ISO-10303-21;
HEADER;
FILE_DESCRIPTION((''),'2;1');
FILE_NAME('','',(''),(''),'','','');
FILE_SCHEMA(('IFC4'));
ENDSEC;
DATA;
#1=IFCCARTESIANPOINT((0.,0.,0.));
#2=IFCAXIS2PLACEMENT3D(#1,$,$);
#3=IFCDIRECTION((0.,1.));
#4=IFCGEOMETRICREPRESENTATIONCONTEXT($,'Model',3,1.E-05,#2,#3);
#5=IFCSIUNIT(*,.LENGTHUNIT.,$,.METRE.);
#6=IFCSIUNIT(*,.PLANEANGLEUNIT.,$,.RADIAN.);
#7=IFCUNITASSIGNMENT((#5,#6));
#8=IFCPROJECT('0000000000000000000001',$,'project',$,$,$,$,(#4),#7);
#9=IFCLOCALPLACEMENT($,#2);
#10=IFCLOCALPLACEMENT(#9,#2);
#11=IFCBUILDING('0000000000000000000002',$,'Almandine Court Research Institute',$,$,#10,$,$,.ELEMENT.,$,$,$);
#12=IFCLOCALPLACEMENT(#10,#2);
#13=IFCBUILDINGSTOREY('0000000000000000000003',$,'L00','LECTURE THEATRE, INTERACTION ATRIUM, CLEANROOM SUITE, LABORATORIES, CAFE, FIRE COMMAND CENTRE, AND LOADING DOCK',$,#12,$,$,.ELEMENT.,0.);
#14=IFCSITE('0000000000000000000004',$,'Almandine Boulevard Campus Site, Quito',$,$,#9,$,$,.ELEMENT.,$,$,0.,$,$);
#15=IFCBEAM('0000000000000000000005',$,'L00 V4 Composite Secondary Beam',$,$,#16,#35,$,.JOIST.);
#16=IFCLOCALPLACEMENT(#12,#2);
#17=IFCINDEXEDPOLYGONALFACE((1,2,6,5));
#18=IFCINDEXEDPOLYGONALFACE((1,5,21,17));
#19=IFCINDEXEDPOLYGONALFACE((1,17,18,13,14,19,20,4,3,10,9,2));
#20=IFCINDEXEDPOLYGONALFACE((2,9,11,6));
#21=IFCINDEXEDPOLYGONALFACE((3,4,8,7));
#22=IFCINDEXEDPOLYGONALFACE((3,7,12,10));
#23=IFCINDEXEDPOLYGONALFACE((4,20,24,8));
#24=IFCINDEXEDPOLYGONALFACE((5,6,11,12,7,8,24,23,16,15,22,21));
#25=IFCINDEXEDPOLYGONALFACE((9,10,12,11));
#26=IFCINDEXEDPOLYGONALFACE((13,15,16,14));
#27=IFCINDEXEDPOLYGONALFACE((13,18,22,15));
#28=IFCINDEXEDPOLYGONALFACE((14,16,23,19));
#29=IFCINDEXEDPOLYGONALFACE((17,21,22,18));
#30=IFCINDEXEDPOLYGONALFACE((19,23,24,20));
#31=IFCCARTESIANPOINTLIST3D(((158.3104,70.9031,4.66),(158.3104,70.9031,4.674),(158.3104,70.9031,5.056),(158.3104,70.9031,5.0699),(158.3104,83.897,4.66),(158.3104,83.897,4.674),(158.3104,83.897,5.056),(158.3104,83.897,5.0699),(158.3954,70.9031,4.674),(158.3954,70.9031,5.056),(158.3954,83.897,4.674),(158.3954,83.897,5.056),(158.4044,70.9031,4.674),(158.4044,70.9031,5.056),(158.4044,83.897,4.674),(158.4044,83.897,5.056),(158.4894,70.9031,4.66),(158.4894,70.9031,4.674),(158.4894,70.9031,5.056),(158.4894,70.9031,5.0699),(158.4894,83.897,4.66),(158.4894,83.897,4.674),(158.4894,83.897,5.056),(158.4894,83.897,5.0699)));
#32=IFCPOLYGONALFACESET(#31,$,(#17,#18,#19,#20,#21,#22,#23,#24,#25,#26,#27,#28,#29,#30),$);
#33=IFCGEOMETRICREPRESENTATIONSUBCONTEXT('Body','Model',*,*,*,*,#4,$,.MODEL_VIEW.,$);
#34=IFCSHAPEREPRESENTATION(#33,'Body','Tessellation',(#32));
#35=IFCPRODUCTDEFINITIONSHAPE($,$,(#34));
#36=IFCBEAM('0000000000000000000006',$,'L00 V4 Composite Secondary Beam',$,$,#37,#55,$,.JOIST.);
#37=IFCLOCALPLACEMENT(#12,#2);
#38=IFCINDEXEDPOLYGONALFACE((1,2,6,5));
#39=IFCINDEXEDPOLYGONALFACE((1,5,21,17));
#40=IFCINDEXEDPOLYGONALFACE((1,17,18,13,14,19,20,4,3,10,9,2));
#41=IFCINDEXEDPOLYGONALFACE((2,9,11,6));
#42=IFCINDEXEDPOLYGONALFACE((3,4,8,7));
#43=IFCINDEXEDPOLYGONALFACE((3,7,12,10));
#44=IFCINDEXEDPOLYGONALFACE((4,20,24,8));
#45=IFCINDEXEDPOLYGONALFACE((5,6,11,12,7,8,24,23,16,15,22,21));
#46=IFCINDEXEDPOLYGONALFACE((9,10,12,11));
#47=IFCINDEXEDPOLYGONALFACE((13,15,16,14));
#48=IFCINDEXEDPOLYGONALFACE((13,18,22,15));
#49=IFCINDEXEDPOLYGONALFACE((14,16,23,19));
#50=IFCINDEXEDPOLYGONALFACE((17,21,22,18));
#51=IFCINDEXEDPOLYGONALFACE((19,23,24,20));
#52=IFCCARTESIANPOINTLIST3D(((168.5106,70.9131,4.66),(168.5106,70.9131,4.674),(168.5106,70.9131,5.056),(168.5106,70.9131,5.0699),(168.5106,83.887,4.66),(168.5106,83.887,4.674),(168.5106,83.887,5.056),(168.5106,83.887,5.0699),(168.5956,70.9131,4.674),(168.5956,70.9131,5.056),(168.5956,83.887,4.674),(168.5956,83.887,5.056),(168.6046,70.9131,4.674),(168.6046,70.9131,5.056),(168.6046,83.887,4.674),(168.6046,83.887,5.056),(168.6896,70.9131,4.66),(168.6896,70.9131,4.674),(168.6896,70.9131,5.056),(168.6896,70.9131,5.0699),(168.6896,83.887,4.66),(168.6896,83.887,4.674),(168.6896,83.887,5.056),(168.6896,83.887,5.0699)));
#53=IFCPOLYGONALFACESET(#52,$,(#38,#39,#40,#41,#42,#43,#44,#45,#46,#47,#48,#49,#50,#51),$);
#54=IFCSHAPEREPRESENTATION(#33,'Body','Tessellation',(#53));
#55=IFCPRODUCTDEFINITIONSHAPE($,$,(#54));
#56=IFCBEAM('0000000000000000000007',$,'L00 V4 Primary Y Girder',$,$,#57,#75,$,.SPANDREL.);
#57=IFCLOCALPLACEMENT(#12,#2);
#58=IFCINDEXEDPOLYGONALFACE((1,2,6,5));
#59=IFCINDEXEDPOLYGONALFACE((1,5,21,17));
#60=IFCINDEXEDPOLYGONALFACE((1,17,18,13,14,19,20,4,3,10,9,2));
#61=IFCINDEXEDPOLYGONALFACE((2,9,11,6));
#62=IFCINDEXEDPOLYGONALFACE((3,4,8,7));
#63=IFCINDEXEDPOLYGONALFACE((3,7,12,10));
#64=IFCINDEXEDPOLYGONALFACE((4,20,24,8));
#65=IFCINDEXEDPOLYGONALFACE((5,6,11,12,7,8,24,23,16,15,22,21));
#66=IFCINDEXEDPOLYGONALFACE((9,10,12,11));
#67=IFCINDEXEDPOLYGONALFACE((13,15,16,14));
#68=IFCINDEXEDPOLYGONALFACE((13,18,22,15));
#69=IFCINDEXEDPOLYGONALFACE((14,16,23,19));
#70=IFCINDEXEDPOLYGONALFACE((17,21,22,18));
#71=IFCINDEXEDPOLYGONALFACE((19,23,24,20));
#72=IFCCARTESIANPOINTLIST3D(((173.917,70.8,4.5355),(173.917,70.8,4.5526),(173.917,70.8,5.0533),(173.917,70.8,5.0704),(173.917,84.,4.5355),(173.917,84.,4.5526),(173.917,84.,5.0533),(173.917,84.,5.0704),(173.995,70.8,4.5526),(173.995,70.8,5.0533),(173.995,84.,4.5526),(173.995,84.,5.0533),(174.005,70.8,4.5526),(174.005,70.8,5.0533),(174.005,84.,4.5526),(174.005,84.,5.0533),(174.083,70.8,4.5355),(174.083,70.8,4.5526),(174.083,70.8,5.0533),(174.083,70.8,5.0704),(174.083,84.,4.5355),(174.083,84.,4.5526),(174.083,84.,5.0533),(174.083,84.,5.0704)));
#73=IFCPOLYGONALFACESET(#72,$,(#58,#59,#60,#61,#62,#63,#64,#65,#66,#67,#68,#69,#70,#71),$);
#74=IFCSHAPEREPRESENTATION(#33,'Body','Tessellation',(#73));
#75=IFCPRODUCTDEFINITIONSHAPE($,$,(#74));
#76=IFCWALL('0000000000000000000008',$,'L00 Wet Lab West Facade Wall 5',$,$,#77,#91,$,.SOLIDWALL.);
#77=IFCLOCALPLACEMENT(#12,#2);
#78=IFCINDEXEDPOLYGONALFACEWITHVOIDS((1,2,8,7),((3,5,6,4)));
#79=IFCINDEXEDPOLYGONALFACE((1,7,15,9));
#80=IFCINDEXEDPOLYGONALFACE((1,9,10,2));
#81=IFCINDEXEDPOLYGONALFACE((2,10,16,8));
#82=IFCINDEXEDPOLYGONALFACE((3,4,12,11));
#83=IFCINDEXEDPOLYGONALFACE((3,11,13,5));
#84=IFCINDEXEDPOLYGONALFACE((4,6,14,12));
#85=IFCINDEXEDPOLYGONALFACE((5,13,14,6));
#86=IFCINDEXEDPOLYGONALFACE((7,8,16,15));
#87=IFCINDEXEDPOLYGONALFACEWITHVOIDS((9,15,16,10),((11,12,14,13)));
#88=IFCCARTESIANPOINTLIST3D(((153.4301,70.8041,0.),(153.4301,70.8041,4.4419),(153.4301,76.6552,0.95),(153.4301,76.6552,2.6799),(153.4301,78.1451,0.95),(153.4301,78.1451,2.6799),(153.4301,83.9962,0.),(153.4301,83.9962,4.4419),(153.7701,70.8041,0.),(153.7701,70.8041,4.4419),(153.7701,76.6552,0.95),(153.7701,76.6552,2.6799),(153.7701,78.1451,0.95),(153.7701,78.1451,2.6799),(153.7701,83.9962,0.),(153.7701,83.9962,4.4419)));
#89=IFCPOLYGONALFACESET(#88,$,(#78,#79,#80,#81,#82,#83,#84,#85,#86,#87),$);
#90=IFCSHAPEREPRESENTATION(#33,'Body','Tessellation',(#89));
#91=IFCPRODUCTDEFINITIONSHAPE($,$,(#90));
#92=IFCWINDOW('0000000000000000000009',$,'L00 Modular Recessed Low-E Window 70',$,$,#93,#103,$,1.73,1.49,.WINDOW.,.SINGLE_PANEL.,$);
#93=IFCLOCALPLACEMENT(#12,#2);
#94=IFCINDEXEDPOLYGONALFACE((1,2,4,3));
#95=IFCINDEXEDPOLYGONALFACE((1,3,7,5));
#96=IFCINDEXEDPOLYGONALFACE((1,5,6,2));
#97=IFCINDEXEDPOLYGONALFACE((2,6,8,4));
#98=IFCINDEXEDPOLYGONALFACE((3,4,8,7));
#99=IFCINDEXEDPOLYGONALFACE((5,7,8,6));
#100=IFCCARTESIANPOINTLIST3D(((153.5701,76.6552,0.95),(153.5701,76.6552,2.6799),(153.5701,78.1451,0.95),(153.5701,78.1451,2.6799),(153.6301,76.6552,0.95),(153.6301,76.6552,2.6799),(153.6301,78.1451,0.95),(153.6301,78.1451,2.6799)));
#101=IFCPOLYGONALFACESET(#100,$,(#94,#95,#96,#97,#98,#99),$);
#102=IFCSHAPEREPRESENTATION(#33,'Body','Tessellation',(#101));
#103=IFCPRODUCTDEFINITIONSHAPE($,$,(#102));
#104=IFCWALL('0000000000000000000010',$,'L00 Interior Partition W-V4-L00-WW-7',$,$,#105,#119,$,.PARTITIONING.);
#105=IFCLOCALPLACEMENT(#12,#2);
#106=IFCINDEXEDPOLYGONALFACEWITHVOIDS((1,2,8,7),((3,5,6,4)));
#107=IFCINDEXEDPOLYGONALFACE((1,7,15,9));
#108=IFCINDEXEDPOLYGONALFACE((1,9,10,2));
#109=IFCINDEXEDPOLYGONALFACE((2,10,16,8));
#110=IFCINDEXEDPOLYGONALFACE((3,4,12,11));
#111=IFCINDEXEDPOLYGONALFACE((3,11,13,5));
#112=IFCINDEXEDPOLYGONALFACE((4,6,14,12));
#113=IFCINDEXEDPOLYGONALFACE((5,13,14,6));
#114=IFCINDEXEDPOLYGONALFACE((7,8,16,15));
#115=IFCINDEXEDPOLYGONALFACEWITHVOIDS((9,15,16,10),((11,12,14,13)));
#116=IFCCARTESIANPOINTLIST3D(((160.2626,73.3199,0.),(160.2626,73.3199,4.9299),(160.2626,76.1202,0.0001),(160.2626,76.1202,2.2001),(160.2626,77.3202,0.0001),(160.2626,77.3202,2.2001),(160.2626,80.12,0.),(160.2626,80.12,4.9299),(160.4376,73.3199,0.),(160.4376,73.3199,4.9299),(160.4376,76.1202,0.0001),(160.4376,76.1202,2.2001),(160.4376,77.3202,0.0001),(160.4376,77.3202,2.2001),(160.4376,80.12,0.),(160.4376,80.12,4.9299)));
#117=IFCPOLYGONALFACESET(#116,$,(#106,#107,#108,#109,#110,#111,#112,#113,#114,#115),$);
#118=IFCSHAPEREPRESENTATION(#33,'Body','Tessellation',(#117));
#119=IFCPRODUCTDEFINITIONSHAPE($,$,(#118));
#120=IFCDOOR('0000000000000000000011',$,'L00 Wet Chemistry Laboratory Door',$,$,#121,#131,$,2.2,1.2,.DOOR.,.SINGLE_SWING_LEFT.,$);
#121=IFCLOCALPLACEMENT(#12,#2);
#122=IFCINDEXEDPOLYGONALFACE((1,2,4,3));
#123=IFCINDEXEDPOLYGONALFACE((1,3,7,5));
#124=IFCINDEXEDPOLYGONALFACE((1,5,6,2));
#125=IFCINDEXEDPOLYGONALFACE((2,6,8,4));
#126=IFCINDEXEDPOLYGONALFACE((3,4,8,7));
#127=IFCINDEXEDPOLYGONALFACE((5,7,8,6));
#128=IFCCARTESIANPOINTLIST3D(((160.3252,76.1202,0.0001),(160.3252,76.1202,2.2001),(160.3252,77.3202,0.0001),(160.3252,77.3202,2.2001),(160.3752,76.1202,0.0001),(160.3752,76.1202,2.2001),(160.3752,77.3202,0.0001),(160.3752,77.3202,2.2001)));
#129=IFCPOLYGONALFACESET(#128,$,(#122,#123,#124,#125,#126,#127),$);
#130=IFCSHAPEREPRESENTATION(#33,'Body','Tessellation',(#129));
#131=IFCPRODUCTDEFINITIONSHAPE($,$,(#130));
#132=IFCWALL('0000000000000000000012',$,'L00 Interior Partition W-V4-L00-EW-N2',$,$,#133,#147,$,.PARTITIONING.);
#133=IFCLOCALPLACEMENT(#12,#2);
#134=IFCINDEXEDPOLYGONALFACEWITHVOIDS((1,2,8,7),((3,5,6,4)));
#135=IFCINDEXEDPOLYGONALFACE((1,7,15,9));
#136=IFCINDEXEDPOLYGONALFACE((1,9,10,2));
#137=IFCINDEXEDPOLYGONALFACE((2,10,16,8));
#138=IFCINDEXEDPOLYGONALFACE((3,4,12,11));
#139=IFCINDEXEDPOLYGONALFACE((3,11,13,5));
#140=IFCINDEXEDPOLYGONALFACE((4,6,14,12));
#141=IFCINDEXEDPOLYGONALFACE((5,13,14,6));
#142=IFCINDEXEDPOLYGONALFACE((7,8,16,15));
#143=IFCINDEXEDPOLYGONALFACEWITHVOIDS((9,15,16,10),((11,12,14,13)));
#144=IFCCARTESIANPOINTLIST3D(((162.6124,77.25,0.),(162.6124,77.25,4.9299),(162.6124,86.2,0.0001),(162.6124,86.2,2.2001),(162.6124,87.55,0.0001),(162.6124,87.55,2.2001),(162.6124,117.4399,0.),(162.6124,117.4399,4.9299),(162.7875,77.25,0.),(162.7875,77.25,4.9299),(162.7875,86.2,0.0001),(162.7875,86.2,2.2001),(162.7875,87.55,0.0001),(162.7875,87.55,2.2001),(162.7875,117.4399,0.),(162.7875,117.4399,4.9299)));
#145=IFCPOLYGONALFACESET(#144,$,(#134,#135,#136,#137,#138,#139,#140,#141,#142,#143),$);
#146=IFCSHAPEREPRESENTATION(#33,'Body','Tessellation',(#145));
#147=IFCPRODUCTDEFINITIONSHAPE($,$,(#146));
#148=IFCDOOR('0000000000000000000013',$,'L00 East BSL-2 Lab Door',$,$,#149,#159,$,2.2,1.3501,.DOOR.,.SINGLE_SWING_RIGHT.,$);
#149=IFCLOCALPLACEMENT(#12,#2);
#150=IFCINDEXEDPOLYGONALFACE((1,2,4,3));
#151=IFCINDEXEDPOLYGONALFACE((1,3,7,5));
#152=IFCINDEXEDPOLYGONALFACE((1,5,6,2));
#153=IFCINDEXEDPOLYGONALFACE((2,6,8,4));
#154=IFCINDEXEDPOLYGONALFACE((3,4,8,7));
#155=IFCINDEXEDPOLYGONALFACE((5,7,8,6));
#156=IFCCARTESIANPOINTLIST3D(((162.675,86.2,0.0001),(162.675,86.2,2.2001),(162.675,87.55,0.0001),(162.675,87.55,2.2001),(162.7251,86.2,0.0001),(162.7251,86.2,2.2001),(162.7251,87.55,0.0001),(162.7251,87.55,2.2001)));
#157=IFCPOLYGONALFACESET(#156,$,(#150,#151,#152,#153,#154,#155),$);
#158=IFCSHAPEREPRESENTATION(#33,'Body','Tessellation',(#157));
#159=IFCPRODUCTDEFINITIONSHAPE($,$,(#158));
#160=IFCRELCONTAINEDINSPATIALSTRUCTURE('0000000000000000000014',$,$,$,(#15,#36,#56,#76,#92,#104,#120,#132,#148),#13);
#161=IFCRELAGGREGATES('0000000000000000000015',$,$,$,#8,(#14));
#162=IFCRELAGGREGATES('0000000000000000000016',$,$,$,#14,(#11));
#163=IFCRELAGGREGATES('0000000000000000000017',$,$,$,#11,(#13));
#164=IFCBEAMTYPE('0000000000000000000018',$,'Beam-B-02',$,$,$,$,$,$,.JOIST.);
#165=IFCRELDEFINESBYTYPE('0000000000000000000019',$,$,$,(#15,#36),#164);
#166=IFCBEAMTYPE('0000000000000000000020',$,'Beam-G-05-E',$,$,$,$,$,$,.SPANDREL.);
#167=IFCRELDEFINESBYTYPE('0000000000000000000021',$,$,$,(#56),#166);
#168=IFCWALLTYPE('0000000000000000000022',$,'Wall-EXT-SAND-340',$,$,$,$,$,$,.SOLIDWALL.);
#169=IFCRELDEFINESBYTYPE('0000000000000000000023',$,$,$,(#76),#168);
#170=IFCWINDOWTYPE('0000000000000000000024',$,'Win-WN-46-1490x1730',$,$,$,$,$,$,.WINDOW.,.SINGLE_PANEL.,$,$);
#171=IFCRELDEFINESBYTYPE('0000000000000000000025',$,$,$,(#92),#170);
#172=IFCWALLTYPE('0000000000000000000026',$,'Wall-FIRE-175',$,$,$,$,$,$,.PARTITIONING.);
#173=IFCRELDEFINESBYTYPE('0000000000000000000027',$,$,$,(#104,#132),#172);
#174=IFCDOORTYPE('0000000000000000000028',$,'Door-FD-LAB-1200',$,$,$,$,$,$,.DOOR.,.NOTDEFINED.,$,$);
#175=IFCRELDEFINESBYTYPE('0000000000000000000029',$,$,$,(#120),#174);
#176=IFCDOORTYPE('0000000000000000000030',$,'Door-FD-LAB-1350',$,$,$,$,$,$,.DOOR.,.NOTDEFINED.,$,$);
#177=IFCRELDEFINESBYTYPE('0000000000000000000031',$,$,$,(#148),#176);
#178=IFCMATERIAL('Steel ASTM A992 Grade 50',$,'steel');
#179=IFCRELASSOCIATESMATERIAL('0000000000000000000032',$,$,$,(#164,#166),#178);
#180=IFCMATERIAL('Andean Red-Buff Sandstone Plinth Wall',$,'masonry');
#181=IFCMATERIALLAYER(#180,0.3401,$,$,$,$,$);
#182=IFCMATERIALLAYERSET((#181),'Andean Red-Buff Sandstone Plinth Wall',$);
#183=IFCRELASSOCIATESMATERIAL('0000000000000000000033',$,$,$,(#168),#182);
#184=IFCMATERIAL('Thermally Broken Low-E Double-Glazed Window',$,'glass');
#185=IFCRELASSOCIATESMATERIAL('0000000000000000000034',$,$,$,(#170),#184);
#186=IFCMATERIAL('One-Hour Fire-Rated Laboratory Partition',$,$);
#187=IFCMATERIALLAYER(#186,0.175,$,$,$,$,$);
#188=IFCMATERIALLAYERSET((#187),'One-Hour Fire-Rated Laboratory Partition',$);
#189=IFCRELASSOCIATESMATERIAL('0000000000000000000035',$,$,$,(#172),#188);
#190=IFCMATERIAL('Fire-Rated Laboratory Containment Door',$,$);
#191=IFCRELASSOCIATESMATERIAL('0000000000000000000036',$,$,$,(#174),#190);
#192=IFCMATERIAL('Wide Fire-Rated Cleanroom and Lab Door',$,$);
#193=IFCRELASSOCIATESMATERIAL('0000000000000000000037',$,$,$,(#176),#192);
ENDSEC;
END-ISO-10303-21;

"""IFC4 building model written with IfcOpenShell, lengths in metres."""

from ifc_helpers import new_model, si_unit, direction, frame, frame_2d, origin, origin_2d, place, context, subcontext, project, spatial, rectangle, i_section, extrude, material, layer, layer_set, material_profile, profile_set, type_object, element, fill, save


model = new_model("IFC4")

# Units and contexts
model_context = context("Model", 3, precision=1e-05, world=origin(), true_north=direction((0.0, 1.0)))
body_context = subcontext(model_context, "Body", "Model", "MODEL_VIEW")
ifc_project = project(units=[si_unit("LENGTHUNIT", "METRE"), si_unit("PLANEANGLEUNIT", "RADIAN")], contexts=[model_context])

# Site, building, storey
site_placement = place(None, origin())
site = spatial("IfcSite", under=ifc_project, at=site_placement, Name="Almandine Boulevard Campus Site, Quito", CompositionType="ELEMENT", RefElevation=0.0)
building_placement = place(site_placement, origin())
building = spatial("IfcBuilding", under=site, at=building_placement, Name="Almandine Court Research Institute", CompositionType="ELEMENT")
storey_placement = place(building_placement, origin())
storey = spatial("IfcBuildingStorey", under=building, at=storey_placement, Name="L00", Description="LECTURE THEATRE, INTERACTION ATRIUM, CLEANROOM SUITE, LABORATORIES, CAFE, FIRE COMMAND CENTRE, AND LOADING DOCK", CompositionType="ELEMENT", Elevation=0.0)

# Beams
ifc_material_1 = material(Name="Steel ASTM A992 Grade 50", Category="steel")
ifc_material_profile_1 = material_profile(ifc_material_1, i_section(OverallWidth=0.179, OverallDepth=0.4099, WebThickness=0.009, FlangeThickness=0.0139, at=origin_2d()), Name="W410x67")
ifc_profile_set_1 = profile_set([ifc_material_profile_1], Name="Steel ASTM A992 Grade 50")
beam_type_1 = type_object("IfcBeamType", Name="Beam-B-02", PredefinedType="JOIST", material=ifc_profile_set_1)
beam_1_placement = place(storey_placement, frame((158.3999, 70.9031, 4.865), z_axis=(0.0, 1.0, 0.0), x_axis=(-1.0, 0.0, 0.0)))
element("IfcBeam", 1, at=beam_1_placement, inside=storey, type_object=beam_type_1, Name="L00 V4 Composite Secondary Beam", PredefinedType="JOIST", context=body_context, shape_type="SweptSolid", body=[
    extrude(i_section(OverallWidth=0.179, OverallDepth=0.4099, WebThickness=0.009, FlangeThickness=0.0139, at=origin_2d()), origin(), (0.0, 0.0, 1.0), 12.9939),
])
beam_2_placement = place(storey_placement, frame((168.6001, 70.9131, 4.865), z_axis=(0.0, 1.0, 0.0), x_axis=(-1.0, 0.0, 0.0)))
element("IfcBeam", 2, at=beam_2_placement, inside=storey, type_object=beam_type_1, Name="L00 V4 Composite Secondary Beam", PredefinedType="JOIST", context=body_context, shape_type="SweptSolid", body=[
    extrude(i_section(OverallWidth=0.179, OverallDepth=0.4099, WebThickness=0.009, FlangeThickness=0.0139, at=origin_2d()), origin(), (0.0, 0.0, 1.0), 12.9739),
])
ifc_material_profile_2 = material_profile(ifc_material_1, i_section(OverallWidth=0.166, OverallDepth=0.5349, WebThickness=0.01, FlangeThickness=0.0171, at=origin_2d()), Name="W530x85")
ifc_profile_set_2 = profile_set([ifc_material_profile_2], Name="Steel ASTM A992 Grade 50")
beam_type_2 = type_object("IfcBeamType", Name="Beam-G-05-E", PredefinedType="SPANDREL", material=ifc_profile_set_2)
beam_3_placement = place(storey_placement, frame((174.0, 70.8, 4.803), z_axis=(0.0, 1.0, 0.0), x_axis=(-1.0, 0.0, 0.0)))
element("IfcBeam", 3, at=beam_3_placement, inside=storey, type_object=beam_type_2, Name="L00 V4 Primary Y Girder", PredefinedType="SPANDREL", context=body_context, shape_type="SweptSolid", body=[
    extrude(i_section(OverallWidth=0.166, OverallDepth=0.5349, WebThickness=0.01, FlangeThickness=0.0171, at=origin_2d()), origin(), (0.0, 0.0, 1.0), 13.2),
])

# Wall, opening, window
ifc_material_2 = material(Name="Andean Red-Buff Sandstone Plinth Wall", Category="masonry")
ifc_layer_1 = layer(ifc_material_2, 0.3401)
ifc_layer_set_1 = layer_set([ifc_layer_1], Name="Andean Red-Buff Sandstone Plinth Wall")
wall_type_1 = type_object("IfcWallType", Name="Wall-EXT-SAND-340", PredefinedType="SOLIDWALL", material=ifc_layer_set_1)
wall_1_placement = place(storey_placement, frame((153.6001, 70.804, 0.0), z_axis=(0.0, 0.0, 1.0), x_axis=(0.0, 1.0, 0.0)))
wall_1 = element("IfcWall", 4, at=wall_1_placement, inside=storey, type_object=wall_type_1, Name="L00 Wet Lab West Facade Wall 5", PredefinedType="SOLIDWALL", context=body_context, shape_type="SweptSolid", body=[
    extrude(rectangle(XDim=13.1921, YDim=0.3401, at=frame_2d((6.5962, 0.0))), origin(), (0.0, 0.0, 1.0), 4.4419),
])
opening_1_placement = place(wall_1_placement, frame((5.8511, 0.0, 0.95)))
opening_1 = element("IfcOpeningElement", 5, at=opening_1_placement, cuts=wall_1, PredefinedType="OPENING", context=body_context, shape_type="SweptSolid", body=[
    extrude(rectangle(XDim=1.49, YDim=1.73, at=frame_2d((0.7451, 0.865))), frame((0.0, 0.1799, 0.0), z_axis=(0.0, -1.0, 0.0), x_axis=(1.0, 0.0, 0.0)), (0.0, 0.0, 1.0), 0.3601),
])
ifc_material_3 = material(Name="Thermally Broken Low-E Double-Glazed Window", Category="glass")
window_type = type_object("IfcWindowType", Name="Win-WN-46-1490x1730", PartitioningType="SINGLE_PANEL", PredefinedType="WINDOW", material=ifc_material_3)
window_placement = place(opening_1_placement, origin())
window = element("IfcWindow", 6, at=window_placement, inside=storey, type_object=window_type, Name="L00 Modular Recessed Low-E Window 70", OverallHeight=1.73, OverallWidth=1.49, PartitioningType="SINGLE_PANEL", PredefinedType="WINDOW", context=body_context, shape_type="SweptSolid", body=[
    extrude(rectangle(XDim=1.49, YDim=1.73, at=frame_2d((0.7451, 0.865))), frame((0.0, 0.03, 0.0), z_axis=(0.0, -1.0, 0.0), x_axis=(1.0, 0.0, 0.0)), (0.0, 0.0, 1.0), 0.0601),
])
fill(opening_1, window)

# Walls, openings, doors
ifc_material_4 = material(Name="One-Hour Fire-Rated Laboratory Partition")
ifc_layer_2 = layer(ifc_material_4, 0.175)
ifc_layer_set_2 = layer_set([ifc_layer_2], Name="One-Hour Fire-Rated Laboratory Partition")
wall_type_2 = type_object("IfcWallType", Name="Wall-FIRE-175", PredefinedType="PARTITIONING", material=ifc_layer_set_2)
wall_2_placement = place(storey_placement, frame((160.3501, 73.3201, 0.0), z_axis=(0.0, 0.0, 1.0), x_axis=(0.0, 1.0, 0.0)))
wall_2 = element("IfcWall", 7, at=wall_2_placement, inside=storey, type_object=wall_type_2, Name="L00 Interior Partition W-V4-L00-WW-7", PredefinedType="PARTITIONING", context=body_context, shape_type="SweptSolid", body=[
    extrude(rectangle(XDim=6.8, YDim=0.175, at=frame_2d((3.3999, 0.0))), origin(), (0.0, 0.0, 1.0), 4.9299),
])
opening_2_placement = place(wall_2_placement, frame((2.8, 0.0, 0.0)))
opening_2 = element("IfcOpeningElement", 8, at=opening_2_placement, cuts=wall_2, PredefinedType="OPENING", context=body_context, shape_type="SweptSolid", body=[
    extrude(rectangle(XDim=1.2, YDim=2.2, at=frame_2d((0.6001, 1.1001))), frame((0.0, 0.0974, 0.0), z_axis=(0.0, -1.0, 0.0), x_axis=(1.0, 0.0, 0.0)), (0.0, 0.0, 1.0), 0.1951),
])
ifc_material_5 = material(Name="Fire-Rated Laboratory Containment Door")
door_type_1 = type_object("IfcDoorType", Name="Door-FD-LAB-1200", OperationType="NOTDEFINED", PredefinedType="DOOR", material=ifc_material_5)
door_1_placement = place(opening_2_placement, origin())
door_1 = element("IfcDoor", 9, at=door_1_placement, inside=storey, type_object=door_type_1, Name="L00 Wet Chemistry Laboratory Door", OperationType="SINGLE_SWING_LEFT", OverallHeight=2.2, OverallWidth=1.2, PredefinedType="DOOR", context=body_context, shape_type="SweptSolid", body=[
    extrude(rectangle(XDim=1.2, YDim=2.2, at=frame_2d((0.6001, 1.1001))), frame((0.0, 0.0249, 0.0), z_axis=(0.0, -1.0, 0.0), x_axis=(1.0, 0.0, 0.0)), (0.0, 0.0, 1.0), 0.05),
])
fill(opening_2, door_1)
wall_3_placement = place(storey_placement, frame((162.7, 77.25, 0.0), z_axis=(0.0, 0.0, 1.0), x_axis=(0.0, 1.0, 0.0)))
wall_3 = element("IfcWall", 10, at=wall_3_placement, inside=storey, type_object=wall_type_2, Name="L00 Interior Partition W-V4-L00-EW-N2", PredefinedType="PARTITIONING", context=body_context, shape_type="SweptSolid", body=[
    extrude(rectangle(XDim=40.1899, YDim=0.175, at=frame_2d((20.095, 0.0))), origin(), (0.0, 0.0, 1.0), 4.9299),
])
opening_3_placement = place(wall_3_placement, frame((8.95, 0.0, 0.0)))
opening_3 = element("IfcOpeningElement", 11, at=opening_3_placement, cuts=wall_3, PredefinedType="OPENING", context=body_context, shape_type="SweptSolid", body=[
    extrude(rectangle(XDim=1.3501, YDim=2.2, at=frame_2d((0.675, 1.1001))), frame((0.0, 0.0974, 0.0), z_axis=(0.0, -1.0, 0.0), x_axis=(1.0, 0.0, 0.0)), (0.0, 0.0, 1.0), 0.1951),
])
ifc_material_6 = material(Name="Wide Fire-Rated Cleanroom and Lab Door")
door_type_2 = type_object("IfcDoorType", Name="Door-FD-LAB-1350", OperationType="NOTDEFINED", PredefinedType="DOOR", material=ifc_material_6)
door_2_placement = place(opening_3_placement, origin())
door_2 = element("IfcDoor", 12, at=door_2_placement, inside=storey, type_object=door_type_2, Name="L00 East BSL-2 Lab Door", OperationType="SINGLE_SWING_RIGHT", OverallHeight=2.2, OverallWidth=1.3501, PredefinedType="DOOR", context=body_context, shape_type="SweptSolid", body=[
    extrude(rectangle(XDim=1.3501, YDim=2.2, at=frame_2d((0.675, 1.1001))), frame((0.0, 0.0249, 0.0), z_axis=(0.0, -1.0, 0.0), x_axis=(1.0, 0.0, 0.0)), (0.0, 0.0, 1.0), 0.05),
])
fill(opening_3, door_2)

save(model, "model.ifc")
